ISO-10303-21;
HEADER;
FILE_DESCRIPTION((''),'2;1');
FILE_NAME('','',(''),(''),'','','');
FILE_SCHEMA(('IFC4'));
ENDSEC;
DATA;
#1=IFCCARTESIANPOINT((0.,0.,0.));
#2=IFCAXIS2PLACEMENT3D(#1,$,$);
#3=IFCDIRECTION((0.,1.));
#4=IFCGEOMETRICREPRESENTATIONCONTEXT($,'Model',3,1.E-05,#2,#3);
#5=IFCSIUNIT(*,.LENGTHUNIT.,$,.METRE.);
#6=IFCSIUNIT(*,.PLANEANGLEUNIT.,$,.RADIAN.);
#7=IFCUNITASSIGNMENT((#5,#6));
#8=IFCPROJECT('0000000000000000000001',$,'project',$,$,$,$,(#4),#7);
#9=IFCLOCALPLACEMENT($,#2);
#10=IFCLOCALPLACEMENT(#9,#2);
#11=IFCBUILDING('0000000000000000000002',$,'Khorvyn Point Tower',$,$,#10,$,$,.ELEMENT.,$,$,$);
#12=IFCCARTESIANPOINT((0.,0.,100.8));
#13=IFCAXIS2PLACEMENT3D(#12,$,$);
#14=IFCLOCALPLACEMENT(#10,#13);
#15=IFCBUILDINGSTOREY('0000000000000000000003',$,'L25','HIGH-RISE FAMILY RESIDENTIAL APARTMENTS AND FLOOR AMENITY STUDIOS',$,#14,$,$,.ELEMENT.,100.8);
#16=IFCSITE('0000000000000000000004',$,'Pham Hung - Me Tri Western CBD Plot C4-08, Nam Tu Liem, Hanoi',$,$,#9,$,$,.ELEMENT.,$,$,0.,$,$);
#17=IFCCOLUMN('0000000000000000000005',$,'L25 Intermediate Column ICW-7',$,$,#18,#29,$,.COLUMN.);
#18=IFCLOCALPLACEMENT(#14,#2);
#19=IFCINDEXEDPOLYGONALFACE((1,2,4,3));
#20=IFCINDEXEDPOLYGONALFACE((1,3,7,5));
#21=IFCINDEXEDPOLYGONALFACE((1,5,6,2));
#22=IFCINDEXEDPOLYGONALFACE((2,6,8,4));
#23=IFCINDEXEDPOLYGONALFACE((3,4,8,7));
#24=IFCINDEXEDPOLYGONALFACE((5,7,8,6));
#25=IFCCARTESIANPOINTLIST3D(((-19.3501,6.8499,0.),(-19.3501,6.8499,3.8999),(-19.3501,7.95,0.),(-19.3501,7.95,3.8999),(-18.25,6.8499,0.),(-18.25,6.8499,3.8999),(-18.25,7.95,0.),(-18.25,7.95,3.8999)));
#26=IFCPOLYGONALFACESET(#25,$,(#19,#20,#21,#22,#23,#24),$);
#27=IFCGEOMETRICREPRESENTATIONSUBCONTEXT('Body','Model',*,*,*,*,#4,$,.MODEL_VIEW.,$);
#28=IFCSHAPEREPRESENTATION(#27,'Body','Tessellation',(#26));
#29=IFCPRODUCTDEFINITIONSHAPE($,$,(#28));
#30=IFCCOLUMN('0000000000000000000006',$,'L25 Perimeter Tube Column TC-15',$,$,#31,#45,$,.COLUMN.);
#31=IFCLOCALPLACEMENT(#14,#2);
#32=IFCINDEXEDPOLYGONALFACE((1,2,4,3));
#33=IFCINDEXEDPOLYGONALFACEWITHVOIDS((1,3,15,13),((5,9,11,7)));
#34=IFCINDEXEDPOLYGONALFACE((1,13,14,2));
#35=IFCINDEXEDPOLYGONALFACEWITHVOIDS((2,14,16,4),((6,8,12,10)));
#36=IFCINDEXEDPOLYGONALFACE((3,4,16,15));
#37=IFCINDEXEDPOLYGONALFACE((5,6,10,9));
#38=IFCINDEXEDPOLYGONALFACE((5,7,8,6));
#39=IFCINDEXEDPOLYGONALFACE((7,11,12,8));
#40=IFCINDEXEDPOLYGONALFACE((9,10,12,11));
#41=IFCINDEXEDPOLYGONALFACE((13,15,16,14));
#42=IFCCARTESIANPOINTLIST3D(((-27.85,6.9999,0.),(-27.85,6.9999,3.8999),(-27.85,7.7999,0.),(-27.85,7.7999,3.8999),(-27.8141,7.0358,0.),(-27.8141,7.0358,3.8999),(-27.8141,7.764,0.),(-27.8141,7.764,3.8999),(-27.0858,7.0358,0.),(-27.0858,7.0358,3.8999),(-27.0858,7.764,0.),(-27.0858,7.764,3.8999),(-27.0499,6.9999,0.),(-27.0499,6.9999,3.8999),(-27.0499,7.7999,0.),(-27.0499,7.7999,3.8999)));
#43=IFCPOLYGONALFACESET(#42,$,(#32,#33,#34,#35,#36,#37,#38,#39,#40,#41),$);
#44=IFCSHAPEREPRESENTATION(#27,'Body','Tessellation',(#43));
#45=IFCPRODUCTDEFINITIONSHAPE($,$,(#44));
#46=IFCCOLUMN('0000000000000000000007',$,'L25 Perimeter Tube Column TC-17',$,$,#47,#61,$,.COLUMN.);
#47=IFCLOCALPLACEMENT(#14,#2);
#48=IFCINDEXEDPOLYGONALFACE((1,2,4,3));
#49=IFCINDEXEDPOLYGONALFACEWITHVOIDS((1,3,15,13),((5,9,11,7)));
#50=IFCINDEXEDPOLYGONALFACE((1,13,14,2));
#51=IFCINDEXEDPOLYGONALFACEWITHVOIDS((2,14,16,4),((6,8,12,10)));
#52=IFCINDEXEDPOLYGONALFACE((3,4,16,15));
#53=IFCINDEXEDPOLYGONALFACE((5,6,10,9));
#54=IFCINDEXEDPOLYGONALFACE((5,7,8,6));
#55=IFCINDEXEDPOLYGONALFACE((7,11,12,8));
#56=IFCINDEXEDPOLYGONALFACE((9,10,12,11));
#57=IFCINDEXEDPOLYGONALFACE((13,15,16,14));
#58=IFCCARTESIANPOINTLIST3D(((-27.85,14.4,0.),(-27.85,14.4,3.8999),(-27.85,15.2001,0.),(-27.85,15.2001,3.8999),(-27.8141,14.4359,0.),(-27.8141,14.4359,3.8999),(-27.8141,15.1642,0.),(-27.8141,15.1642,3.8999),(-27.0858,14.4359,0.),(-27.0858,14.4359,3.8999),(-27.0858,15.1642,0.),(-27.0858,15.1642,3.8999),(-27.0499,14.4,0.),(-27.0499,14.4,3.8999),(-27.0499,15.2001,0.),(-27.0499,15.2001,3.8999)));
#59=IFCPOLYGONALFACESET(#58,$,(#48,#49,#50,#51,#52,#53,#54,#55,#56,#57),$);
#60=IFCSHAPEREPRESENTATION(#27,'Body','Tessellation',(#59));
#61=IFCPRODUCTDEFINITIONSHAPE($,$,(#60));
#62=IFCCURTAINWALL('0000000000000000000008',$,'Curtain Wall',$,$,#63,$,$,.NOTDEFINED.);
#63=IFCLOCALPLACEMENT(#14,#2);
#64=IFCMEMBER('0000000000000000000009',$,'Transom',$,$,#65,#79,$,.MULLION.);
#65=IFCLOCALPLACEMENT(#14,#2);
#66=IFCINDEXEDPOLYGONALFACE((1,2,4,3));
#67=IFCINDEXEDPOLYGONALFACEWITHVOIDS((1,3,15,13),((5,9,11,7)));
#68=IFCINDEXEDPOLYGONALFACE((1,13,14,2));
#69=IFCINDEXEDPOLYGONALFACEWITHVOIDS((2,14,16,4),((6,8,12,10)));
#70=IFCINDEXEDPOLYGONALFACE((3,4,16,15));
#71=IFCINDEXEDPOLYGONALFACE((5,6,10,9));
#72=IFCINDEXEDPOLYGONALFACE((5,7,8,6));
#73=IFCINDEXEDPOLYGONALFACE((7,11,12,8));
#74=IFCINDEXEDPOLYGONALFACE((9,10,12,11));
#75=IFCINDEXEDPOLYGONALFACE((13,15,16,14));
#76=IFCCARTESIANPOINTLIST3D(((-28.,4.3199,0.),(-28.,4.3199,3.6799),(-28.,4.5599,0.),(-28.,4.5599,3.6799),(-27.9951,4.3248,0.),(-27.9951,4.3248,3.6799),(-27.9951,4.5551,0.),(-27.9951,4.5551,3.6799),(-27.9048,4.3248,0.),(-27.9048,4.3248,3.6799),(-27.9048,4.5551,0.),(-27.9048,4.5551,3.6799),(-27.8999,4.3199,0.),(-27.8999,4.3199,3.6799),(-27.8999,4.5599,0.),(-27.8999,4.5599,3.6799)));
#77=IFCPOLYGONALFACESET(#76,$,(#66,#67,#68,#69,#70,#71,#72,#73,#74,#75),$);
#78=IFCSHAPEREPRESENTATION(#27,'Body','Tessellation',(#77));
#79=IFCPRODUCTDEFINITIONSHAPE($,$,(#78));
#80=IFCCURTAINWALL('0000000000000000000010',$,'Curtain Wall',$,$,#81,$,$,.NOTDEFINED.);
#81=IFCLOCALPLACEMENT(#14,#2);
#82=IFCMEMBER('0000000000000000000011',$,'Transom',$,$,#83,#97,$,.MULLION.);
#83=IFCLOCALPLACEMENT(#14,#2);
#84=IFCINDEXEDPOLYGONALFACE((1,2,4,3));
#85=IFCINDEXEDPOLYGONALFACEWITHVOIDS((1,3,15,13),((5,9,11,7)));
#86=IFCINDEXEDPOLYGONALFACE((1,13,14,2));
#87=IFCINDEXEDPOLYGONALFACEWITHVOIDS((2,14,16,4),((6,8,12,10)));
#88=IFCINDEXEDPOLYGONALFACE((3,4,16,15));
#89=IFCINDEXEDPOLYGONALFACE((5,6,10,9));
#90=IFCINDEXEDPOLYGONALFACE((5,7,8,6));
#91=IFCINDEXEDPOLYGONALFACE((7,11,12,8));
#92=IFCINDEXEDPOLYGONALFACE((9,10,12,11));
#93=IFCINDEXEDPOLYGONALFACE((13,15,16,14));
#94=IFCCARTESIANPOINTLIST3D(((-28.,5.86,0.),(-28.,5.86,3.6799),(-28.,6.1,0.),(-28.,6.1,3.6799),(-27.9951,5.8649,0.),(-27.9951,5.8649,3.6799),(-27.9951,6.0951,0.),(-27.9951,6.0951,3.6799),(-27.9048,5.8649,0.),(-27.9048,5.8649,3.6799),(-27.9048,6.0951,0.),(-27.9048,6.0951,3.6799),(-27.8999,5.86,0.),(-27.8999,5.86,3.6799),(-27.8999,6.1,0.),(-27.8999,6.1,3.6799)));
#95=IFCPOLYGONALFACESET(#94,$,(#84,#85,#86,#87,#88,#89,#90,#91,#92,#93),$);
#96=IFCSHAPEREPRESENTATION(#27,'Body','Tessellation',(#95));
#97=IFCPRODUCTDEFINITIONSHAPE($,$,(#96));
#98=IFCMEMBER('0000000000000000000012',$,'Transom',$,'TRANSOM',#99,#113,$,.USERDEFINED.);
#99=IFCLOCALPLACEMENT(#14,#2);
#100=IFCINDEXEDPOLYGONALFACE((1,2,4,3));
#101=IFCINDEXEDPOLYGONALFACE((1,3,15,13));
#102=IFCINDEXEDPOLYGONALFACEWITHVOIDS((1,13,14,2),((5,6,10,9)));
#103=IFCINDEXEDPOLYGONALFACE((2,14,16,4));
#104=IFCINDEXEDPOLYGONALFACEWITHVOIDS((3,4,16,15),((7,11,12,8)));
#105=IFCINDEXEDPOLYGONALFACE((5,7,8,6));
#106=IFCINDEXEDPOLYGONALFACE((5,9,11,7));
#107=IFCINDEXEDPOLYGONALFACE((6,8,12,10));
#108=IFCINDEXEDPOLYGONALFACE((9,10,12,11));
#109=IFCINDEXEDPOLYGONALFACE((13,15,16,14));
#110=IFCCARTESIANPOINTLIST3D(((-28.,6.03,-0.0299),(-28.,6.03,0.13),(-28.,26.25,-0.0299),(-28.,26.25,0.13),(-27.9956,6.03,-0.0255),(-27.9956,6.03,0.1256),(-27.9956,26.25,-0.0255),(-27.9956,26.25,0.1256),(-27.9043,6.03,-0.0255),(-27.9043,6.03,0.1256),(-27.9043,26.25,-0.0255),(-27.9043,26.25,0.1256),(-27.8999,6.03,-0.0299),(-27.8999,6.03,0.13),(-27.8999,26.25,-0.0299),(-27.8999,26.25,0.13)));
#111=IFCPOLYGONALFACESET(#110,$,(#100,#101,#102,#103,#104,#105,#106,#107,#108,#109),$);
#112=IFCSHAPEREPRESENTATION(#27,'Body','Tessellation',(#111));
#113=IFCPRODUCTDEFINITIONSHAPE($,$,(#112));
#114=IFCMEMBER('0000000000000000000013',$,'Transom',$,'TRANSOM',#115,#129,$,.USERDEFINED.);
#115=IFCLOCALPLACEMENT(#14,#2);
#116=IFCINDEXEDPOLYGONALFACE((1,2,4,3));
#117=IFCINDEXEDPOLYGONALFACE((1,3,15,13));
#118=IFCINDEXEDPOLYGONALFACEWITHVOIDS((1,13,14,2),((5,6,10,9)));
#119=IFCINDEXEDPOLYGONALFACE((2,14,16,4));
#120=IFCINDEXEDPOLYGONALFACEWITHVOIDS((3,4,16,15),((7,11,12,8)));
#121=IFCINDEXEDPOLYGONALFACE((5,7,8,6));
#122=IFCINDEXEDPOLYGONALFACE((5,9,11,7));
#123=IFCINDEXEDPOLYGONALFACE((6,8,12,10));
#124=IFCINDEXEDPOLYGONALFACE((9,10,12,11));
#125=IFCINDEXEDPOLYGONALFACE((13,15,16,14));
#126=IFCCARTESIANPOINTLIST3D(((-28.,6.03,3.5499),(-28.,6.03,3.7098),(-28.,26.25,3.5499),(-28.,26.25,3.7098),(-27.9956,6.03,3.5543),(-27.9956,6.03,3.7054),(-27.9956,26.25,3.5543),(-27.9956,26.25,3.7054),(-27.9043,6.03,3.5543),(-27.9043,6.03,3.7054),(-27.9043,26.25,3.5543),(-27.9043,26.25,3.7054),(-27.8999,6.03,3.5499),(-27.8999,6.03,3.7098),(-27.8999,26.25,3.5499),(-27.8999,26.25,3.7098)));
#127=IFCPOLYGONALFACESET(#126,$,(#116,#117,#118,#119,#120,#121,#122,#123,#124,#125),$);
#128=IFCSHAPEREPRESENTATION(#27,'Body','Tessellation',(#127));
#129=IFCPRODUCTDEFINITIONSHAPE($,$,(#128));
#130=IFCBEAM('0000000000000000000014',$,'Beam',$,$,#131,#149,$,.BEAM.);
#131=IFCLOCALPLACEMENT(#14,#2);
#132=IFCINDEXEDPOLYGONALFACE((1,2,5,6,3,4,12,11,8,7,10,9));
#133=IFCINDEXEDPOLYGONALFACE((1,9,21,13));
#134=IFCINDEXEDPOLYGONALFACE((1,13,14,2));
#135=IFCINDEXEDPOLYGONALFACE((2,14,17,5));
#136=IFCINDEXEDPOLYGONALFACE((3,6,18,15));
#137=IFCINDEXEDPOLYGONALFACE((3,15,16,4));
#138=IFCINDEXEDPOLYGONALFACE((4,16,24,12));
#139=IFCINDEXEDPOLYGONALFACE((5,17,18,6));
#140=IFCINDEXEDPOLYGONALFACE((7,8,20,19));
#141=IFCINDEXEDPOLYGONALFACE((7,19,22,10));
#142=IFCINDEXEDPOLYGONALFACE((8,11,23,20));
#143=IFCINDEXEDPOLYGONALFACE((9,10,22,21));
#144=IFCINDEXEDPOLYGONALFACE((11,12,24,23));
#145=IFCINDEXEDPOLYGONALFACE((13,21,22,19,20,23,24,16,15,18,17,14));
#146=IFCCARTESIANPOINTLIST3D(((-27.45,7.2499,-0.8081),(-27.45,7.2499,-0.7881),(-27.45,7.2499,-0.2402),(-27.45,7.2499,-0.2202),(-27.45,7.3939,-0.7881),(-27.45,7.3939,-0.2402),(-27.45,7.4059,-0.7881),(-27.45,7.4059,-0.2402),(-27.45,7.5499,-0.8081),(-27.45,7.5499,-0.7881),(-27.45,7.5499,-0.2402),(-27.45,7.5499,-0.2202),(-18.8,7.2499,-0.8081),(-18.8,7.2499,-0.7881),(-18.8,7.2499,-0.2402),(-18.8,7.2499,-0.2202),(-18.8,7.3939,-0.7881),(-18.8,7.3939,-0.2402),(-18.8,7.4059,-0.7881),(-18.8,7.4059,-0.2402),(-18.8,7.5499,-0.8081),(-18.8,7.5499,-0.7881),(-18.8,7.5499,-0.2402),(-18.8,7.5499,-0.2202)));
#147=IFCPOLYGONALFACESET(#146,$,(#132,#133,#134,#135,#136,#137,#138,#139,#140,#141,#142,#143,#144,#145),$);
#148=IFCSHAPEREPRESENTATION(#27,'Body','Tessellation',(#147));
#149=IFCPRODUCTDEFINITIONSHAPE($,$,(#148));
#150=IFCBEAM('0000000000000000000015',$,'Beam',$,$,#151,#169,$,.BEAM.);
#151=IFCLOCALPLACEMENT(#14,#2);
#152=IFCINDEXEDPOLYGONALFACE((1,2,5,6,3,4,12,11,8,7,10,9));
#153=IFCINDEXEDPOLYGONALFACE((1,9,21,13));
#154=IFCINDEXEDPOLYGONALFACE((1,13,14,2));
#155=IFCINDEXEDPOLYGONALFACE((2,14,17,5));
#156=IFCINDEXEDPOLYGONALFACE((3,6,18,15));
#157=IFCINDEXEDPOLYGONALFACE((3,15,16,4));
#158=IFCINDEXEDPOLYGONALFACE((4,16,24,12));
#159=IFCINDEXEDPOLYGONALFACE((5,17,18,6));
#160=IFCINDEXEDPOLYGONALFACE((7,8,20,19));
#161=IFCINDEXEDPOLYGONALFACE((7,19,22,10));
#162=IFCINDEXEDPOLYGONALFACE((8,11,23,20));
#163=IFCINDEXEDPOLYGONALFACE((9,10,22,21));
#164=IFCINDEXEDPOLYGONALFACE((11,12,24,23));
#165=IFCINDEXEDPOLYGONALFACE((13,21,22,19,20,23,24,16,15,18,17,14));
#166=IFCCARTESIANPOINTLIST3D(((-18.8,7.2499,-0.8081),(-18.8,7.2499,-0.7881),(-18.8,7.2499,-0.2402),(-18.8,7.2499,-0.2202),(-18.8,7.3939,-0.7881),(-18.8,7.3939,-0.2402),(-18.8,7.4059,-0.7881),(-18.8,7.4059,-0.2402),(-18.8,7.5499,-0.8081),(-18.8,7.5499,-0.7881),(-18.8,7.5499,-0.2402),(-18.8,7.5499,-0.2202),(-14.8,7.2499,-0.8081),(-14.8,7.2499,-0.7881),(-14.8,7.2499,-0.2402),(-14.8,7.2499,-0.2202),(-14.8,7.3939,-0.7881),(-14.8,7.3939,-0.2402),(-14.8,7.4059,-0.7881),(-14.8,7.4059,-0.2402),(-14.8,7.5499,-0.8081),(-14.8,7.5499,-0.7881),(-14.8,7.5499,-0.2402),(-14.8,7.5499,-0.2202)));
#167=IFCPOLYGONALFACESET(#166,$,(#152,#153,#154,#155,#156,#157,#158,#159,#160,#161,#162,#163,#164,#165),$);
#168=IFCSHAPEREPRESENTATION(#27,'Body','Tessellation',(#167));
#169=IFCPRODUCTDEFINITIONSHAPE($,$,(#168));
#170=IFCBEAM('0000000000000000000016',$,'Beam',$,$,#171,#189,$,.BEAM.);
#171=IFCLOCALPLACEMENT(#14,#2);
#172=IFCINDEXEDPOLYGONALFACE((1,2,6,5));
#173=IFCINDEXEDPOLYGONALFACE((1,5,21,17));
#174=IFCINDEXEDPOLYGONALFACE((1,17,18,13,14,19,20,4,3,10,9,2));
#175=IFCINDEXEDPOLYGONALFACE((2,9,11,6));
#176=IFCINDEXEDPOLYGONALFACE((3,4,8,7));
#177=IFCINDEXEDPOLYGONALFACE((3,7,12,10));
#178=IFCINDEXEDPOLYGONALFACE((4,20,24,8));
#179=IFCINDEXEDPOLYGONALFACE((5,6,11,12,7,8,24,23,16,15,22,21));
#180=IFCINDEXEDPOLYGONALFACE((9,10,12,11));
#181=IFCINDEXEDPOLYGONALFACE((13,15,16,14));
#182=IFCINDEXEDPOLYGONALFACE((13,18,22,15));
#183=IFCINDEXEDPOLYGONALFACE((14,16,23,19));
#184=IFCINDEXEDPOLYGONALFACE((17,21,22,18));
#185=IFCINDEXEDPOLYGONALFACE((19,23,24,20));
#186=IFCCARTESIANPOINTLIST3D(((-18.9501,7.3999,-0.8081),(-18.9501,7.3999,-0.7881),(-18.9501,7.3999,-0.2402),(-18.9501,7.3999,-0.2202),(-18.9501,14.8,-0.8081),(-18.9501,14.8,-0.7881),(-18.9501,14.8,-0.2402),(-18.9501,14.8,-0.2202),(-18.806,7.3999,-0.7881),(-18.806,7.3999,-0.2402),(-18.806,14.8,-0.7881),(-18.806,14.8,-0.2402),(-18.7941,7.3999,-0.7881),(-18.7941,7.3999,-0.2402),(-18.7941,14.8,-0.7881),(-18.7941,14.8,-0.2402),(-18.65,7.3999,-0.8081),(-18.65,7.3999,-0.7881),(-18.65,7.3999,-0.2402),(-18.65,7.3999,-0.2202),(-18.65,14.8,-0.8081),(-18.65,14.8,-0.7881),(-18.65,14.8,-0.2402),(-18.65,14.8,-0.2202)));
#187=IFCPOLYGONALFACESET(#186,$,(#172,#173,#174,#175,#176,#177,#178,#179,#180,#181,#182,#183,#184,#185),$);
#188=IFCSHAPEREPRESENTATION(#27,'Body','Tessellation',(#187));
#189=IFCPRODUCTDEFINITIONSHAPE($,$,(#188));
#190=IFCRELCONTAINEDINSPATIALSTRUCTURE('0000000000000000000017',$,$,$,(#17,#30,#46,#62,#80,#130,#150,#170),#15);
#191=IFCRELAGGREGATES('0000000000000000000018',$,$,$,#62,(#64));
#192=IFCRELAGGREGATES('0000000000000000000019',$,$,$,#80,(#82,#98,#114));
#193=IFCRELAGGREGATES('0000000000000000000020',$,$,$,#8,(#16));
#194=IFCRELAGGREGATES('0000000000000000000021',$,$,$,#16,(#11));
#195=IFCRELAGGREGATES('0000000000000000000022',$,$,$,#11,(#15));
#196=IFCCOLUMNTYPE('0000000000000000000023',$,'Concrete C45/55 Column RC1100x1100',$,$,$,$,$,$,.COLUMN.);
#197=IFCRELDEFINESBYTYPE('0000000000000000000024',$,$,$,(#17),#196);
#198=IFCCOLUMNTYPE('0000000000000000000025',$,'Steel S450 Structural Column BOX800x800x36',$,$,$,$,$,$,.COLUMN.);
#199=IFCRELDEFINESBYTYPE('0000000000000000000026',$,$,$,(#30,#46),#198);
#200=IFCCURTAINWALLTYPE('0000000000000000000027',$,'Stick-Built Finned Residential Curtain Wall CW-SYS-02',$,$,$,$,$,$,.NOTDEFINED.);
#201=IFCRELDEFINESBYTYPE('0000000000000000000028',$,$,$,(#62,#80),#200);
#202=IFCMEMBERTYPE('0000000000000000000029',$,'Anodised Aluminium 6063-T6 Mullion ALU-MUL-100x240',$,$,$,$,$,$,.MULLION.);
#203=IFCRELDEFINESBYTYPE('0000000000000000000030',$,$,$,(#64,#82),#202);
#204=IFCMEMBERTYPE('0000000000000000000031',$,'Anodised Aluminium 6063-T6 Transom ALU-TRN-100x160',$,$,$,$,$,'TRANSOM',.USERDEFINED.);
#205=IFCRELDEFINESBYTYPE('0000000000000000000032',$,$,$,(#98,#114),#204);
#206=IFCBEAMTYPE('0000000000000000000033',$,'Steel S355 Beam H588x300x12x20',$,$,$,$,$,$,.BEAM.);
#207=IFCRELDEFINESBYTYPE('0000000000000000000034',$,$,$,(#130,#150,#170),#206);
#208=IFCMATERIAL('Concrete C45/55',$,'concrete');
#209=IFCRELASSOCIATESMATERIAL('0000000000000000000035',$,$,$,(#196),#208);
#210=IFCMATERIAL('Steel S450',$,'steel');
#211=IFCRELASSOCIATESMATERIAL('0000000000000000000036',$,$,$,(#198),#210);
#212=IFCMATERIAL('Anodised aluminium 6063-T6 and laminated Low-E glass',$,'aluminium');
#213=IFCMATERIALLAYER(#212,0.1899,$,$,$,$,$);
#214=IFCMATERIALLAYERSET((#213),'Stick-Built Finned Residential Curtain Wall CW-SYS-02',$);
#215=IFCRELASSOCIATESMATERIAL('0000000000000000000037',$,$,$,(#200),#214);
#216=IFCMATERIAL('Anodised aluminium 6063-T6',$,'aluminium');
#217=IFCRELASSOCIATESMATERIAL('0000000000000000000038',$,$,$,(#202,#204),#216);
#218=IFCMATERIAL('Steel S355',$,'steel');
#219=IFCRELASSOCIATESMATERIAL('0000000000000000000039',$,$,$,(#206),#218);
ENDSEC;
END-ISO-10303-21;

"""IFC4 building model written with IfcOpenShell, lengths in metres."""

from ifc_helpers import new_model, si_unit, direction, frame, origin, origin_2d, place, context, subcontext, project, spatial, rectangle, hollow_rectangle, i_section, extrude, material, layer, layer_set, material_profile, profile_set, type_object, element, aggregate, save


model = new_model("IFC4")

# Units and contexts
model_context = context("Model", 3, precision=1e-05, world=origin(), true_north=direction((0.0, 1.0)))
body_context = subcontext(model_context, "Body", "Model", "MODEL_VIEW")
ifc_project = project(units=[si_unit("LENGTHUNIT", "METRE"), si_unit("PLANEANGLEUNIT", "RADIAN")], contexts=[model_context])

# Site, building, storey
site_placement = place(None, origin())
site = spatial("IfcSite", under=ifc_project, at=site_placement, Name="Pham Hung - Me Tri Western CBD Plot C4-08, Nam Tu Liem, Hanoi", CompositionType="ELEMENT", RefElevation=0.0)
building_placement = place(site_placement, origin())
building = spatial("IfcBuilding", under=site, at=building_placement, Name="Khorvyn Point Tower", CompositionType="ELEMENT")
storey_placement = place(building_placement, frame((0.0, 0.0, 100.8)))
storey = spatial("IfcBuildingStorey", under=building, at=storey_placement, Name="L25", Description="HIGH-RISE FAMILY RESIDENTIAL APARTMENTS AND FLOOR AMENITY STUDIOS", CompositionType="ELEMENT", Elevation=100.8)

# Columns
ifc_material_1 = material(Name="Concrete C45/55", Category="concrete")
ifc_material_profile_1 = material_profile(ifc_material_1, rectangle(XDim=1.1001, YDim=1.1001, at=origin_2d()))
ifc_profile_set_1 = profile_set([ifc_material_profile_1], Name="Concrete C45/55 RC1100x1100")
column_type_1 = type_object("IfcColumnType", Name="Concrete C45/55 Column RC1100x1100", PredefinedType="COLUMN", material=ifc_profile_set_1)
column_placement = place(storey_placement, frame((-18.8, 7.3999, 0.0), z_axis=(0.0, 0.0, 1.0), x_axis=(1.0, 0.0, 0.0)))
element("IfcColumn", 1, at=column_placement, inside=storey, type_object=column_type_1, Name="L25 Intermediate Column ICW-7", PredefinedType="COLUMN", context=body_context, shape_type="SweptSolid", body=[
    extrude(rectangle(XDim=1.1001, YDim=1.1001, at=origin_2d()), origin(), (0.0, 0.0, 1.0), 3.8999),
])
ifc_material_2 = material(Name="Steel S450", Category="steel")
ifc_material_profile_2 = material_profile(ifc_material_2, hollow_rectangle(XDim=0.8, YDim=0.8, WallThickness=0.0359, at=origin_2d()))
ifc_profile_set_2 = profile_set([ifc_material_profile_2], Name="Steel S450 BOX800x800x36")
column_type_2 = type_object("IfcColumnType", Name="Steel S450 Structural Column BOX800x800x36", PredefinedType="COLUMN", material=ifc_profile_set_2)
for number, where, z_axis, x_axis, name in (
    (2, (-27.45, 7.3999, 0.0), (0.0, 0.0, 1.0), (1.0, 0.0, 0.0), "L25 Perimeter Tube Column TC-15"),
    (3, (-27.45, 14.8, 0.0), (0.0, 0.0, 1.0), (1.0, 0.0, 0.0), "L25 Perimeter Tube Column TC-17"),
):
    element("IfcColumn", number, at=place(storey_placement, frame(where, z_axis=z_axis, x_axis=x_axis)), inside=storey, type_object=column_type_2, Name=name, PredefinedType="COLUMN", context=body_context, shape_type="SweptSolid", body=[
        extrude(hollow_rectangle(XDim=0.8, YDim=0.8, WallThickness=0.0359, at=origin_2d()), origin(), (0.0, 0.0, 1.0), 3.8999),
    ])

# Curtain wall, member
ifc_material_3 = material(Name="Anodised aluminium 6063-T6 and laminated Low-E glass", Category="aluminium")
ifc_layer_1 = layer(ifc_material_3, 0.1899)
ifc_layer_set_1 = layer_set([ifc_layer_1], Name="Stick-Built Finned Residential Curtain Wall CW-SYS-02")
curtain_wall_type = type_object("IfcCurtainWallType", Name="Stick-Built Finned Residential Curtain Wall CW-SYS-02", PredefinedType="NOTDEFINED", material=ifc_layer_set_1)
curtain_wall_1_placement = place(storey_placement, origin())
curtain_wall_1 = element("IfcCurtainWall", 4, at=curtain_wall_1_placement, inside=storey, type_object=curtain_wall_type, Name="Curtain Wall", PredefinedType="NOTDEFINED")
ifc_material_4 = material(Name="Anodised aluminium 6063-T6", Category="aluminium")
ifc_material_profile_3 = material_profile(ifc_material_4, hollow_rectangle(XDim=0.1001, YDim=0.24, WallThickness=0.0049, at=origin_2d()))
ifc_profile_set_3 = profile_set([ifc_material_profile_3], Name="Anodised aluminium 6063-T6 ALU-MUL-100x240")
member_type_1 = type_object("IfcMemberType", Name="Anodised Aluminium 6063-T6 Mullion ALU-MUL-100x240", PredefinedType="MULLION", material=ifc_profile_set_3)
member_1_placement = place(storey_placement, frame((-27.95, 4.4399, 0.0), z_axis=(0.0, 0.0, 1.0), x_axis=(-1.0, 0.0, 0.0)))
member_1 = element("IfcMember", 5, at=member_1_placement, type_object=member_type_1, Name="Transom", PredefinedType="MULLION", context=body_context, shape_type="SweptSolid", body=[
    extrude(hollow_rectangle(XDim=0.1001, YDim=0.24, WallThickness=0.0049, at=origin_2d()), origin(), (0.0, 0.0, 1.0), 3.6799),
])

# Curtain wall, members
curtain_wall_2_placement = place(storey_placement, origin())
curtain_wall_2 = element("IfcCurtainWall", 6, at=curtain_wall_2_placement, inside=storey, type_object=curtain_wall_type, Name="Curtain Wall", PredefinedType="NOTDEFINED")
member_2_placement = place(storey_placement, frame((-27.95, 5.98, 0.0), z_axis=(0.0, 0.0, 1.0), x_axis=(-1.0, 0.0, 0.0)))
member_2 = element("IfcMember", 7, at=member_2_placement, type_object=member_type_1, Name="Transom", PredefinedType="MULLION", context=body_context, shape_type="SweptSolid", body=[
    extrude(hollow_rectangle(XDim=0.1001, YDim=0.24, WallThickness=0.0049, at=origin_2d()), origin(), (0.0, 0.0, 1.0), 3.6799),
])
ifc_material_profile_4 = material_profile(ifc_material_4, hollow_rectangle(XDim=0.1001, YDim=0.1599, WallThickness=0.0044, at=origin_2d()))
ifc_profile_set_4 = profile_set([ifc_material_profile_4], Name="Anodised aluminium 6063-T6 ALU-TRN-100x160")
member_type_2 = type_object("IfcMemberType", Name="Anodised Aluminium 6063-T6 Transom ALU-TRN-100x160", ElementType="TRANSOM", PredefinedType="USERDEFINED", material=ifc_profile_set_4)
member_3_placement = place(storey_placement, frame((-27.95, 6.03, 0.05), z_axis=(0.0, 1.0, 0.0), x_axis=(-1.0, 0.0, 0.0)))
member_3 = element("IfcMember", 8, at=member_3_placement, type_object=member_type_2, Name="Transom", ObjectType="TRANSOM", PredefinedType="USERDEFINED", context=body_context, shape_type="SweptSolid", body=[
    extrude(hollow_rectangle(XDim=0.1001, YDim=0.1599, WallThickness=0.0044, at=origin_2d()), origin(), (0.0, 0.0, 1.0), 20.22),
])
member_4_placement = place(storey_placement, frame((-27.95, 6.03, 3.6299), z_axis=(0.0, 1.0, 0.0), x_axis=(-1.0, 0.0, 0.0)))
member_4 = element("IfcMember", 9, at=member_4_placement, type_object=member_type_2, Name="Transom", ObjectType="TRANSOM", PredefinedType="USERDEFINED", context=body_context, shape_type="SweptSolid", body=[
    extrude(hollow_rectangle(XDim=0.1001, YDim=0.1599, WallThickness=0.0044, at=origin_2d()), origin(), (0.0, 0.0, 1.0), 20.22),
])

# Beams
ifc_material_5 = material(Name="Steel S355", Category="steel")
ifc_material_profile_5 = material_profile(ifc_material_5, i_section(OverallWidth=0.3, OverallDepth=0.5879, WebThickness=0.012, FlangeThickness=0.02, at=origin_2d()))
ifc_profile_set_5 = profile_set([ifc_material_profile_5], Name="Steel S355 H588x300x12x20")
beam_type_1 = type_object("IfcBeamType", Name="Steel S355 Beam H588x300x12x20", PredefinedType="BEAM", material=ifc_profile_set_5)
beam_1_placement = place(storey_placement, frame((-27.45, 7.3999, -0.5142), z_axis=(1.0, 0.0, 0.0), x_axis=(0.0, 1.0, 0.0)))
element("IfcBeam", 10, at=beam_1_placement, inside=storey, type_object=beam_type_1, Name="Beam", PredefinedType="BEAM", context=body_context, shape_type="SweptSolid", body=[
    extrude(i_section(OverallWidth=0.3, OverallDepth=0.5879, WebThickness=0.012, FlangeThickness=0.02, at=origin_2d()), origin(), (0.0, 0.0, 1.0), 8.6499),
])
beam_2_placement = place(storey_placement, frame((-18.8, 7.3999, -0.5142), z_axis=(1.0, 0.0, 0.0), x_axis=(0.0, 1.0, 0.0)))
element("IfcBeam", 11, at=beam_2_placement, inside=storey, type_object=beam_type_1, Name="Beam", PredefinedType="BEAM", context=body_context, shape_type="SweptSolid", body=[
    extrude(i_section(OverallWidth=0.3, OverallDepth=0.5879, WebThickness=0.012, FlangeThickness=0.02, at=origin_2d()), origin(), (0.0, 0.0, 1.0), 4.0),
])
beam_3_placement = place(storey_placement, frame((-18.8, 7.3999, -0.5142), z_axis=(0.0, 1.0, 0.0), x_axis=(-1.0, 0.0, 0.0)))
element("IfcBeam", 12, at=beam_3_placement, inside=storey, type_object=beam_type_1, Name="Beam", PredefinedType="BEAM", context=body_context, shape_type="SweptSolid", body=[
    extrude(i_section(OverallWidth=0.3, OverallDepth=0.5879, WebThickness=0.012, FlangeThickness=0.02, at=origin_2d()), origin(), (0.0, 0.0, 1.0), 7.4001),
])

aggregate(curtain_wall_1, [member_1])
aggregate(curtain_wall_2, [member_2, member_3, member_4])

save(model, "model.ifc")
